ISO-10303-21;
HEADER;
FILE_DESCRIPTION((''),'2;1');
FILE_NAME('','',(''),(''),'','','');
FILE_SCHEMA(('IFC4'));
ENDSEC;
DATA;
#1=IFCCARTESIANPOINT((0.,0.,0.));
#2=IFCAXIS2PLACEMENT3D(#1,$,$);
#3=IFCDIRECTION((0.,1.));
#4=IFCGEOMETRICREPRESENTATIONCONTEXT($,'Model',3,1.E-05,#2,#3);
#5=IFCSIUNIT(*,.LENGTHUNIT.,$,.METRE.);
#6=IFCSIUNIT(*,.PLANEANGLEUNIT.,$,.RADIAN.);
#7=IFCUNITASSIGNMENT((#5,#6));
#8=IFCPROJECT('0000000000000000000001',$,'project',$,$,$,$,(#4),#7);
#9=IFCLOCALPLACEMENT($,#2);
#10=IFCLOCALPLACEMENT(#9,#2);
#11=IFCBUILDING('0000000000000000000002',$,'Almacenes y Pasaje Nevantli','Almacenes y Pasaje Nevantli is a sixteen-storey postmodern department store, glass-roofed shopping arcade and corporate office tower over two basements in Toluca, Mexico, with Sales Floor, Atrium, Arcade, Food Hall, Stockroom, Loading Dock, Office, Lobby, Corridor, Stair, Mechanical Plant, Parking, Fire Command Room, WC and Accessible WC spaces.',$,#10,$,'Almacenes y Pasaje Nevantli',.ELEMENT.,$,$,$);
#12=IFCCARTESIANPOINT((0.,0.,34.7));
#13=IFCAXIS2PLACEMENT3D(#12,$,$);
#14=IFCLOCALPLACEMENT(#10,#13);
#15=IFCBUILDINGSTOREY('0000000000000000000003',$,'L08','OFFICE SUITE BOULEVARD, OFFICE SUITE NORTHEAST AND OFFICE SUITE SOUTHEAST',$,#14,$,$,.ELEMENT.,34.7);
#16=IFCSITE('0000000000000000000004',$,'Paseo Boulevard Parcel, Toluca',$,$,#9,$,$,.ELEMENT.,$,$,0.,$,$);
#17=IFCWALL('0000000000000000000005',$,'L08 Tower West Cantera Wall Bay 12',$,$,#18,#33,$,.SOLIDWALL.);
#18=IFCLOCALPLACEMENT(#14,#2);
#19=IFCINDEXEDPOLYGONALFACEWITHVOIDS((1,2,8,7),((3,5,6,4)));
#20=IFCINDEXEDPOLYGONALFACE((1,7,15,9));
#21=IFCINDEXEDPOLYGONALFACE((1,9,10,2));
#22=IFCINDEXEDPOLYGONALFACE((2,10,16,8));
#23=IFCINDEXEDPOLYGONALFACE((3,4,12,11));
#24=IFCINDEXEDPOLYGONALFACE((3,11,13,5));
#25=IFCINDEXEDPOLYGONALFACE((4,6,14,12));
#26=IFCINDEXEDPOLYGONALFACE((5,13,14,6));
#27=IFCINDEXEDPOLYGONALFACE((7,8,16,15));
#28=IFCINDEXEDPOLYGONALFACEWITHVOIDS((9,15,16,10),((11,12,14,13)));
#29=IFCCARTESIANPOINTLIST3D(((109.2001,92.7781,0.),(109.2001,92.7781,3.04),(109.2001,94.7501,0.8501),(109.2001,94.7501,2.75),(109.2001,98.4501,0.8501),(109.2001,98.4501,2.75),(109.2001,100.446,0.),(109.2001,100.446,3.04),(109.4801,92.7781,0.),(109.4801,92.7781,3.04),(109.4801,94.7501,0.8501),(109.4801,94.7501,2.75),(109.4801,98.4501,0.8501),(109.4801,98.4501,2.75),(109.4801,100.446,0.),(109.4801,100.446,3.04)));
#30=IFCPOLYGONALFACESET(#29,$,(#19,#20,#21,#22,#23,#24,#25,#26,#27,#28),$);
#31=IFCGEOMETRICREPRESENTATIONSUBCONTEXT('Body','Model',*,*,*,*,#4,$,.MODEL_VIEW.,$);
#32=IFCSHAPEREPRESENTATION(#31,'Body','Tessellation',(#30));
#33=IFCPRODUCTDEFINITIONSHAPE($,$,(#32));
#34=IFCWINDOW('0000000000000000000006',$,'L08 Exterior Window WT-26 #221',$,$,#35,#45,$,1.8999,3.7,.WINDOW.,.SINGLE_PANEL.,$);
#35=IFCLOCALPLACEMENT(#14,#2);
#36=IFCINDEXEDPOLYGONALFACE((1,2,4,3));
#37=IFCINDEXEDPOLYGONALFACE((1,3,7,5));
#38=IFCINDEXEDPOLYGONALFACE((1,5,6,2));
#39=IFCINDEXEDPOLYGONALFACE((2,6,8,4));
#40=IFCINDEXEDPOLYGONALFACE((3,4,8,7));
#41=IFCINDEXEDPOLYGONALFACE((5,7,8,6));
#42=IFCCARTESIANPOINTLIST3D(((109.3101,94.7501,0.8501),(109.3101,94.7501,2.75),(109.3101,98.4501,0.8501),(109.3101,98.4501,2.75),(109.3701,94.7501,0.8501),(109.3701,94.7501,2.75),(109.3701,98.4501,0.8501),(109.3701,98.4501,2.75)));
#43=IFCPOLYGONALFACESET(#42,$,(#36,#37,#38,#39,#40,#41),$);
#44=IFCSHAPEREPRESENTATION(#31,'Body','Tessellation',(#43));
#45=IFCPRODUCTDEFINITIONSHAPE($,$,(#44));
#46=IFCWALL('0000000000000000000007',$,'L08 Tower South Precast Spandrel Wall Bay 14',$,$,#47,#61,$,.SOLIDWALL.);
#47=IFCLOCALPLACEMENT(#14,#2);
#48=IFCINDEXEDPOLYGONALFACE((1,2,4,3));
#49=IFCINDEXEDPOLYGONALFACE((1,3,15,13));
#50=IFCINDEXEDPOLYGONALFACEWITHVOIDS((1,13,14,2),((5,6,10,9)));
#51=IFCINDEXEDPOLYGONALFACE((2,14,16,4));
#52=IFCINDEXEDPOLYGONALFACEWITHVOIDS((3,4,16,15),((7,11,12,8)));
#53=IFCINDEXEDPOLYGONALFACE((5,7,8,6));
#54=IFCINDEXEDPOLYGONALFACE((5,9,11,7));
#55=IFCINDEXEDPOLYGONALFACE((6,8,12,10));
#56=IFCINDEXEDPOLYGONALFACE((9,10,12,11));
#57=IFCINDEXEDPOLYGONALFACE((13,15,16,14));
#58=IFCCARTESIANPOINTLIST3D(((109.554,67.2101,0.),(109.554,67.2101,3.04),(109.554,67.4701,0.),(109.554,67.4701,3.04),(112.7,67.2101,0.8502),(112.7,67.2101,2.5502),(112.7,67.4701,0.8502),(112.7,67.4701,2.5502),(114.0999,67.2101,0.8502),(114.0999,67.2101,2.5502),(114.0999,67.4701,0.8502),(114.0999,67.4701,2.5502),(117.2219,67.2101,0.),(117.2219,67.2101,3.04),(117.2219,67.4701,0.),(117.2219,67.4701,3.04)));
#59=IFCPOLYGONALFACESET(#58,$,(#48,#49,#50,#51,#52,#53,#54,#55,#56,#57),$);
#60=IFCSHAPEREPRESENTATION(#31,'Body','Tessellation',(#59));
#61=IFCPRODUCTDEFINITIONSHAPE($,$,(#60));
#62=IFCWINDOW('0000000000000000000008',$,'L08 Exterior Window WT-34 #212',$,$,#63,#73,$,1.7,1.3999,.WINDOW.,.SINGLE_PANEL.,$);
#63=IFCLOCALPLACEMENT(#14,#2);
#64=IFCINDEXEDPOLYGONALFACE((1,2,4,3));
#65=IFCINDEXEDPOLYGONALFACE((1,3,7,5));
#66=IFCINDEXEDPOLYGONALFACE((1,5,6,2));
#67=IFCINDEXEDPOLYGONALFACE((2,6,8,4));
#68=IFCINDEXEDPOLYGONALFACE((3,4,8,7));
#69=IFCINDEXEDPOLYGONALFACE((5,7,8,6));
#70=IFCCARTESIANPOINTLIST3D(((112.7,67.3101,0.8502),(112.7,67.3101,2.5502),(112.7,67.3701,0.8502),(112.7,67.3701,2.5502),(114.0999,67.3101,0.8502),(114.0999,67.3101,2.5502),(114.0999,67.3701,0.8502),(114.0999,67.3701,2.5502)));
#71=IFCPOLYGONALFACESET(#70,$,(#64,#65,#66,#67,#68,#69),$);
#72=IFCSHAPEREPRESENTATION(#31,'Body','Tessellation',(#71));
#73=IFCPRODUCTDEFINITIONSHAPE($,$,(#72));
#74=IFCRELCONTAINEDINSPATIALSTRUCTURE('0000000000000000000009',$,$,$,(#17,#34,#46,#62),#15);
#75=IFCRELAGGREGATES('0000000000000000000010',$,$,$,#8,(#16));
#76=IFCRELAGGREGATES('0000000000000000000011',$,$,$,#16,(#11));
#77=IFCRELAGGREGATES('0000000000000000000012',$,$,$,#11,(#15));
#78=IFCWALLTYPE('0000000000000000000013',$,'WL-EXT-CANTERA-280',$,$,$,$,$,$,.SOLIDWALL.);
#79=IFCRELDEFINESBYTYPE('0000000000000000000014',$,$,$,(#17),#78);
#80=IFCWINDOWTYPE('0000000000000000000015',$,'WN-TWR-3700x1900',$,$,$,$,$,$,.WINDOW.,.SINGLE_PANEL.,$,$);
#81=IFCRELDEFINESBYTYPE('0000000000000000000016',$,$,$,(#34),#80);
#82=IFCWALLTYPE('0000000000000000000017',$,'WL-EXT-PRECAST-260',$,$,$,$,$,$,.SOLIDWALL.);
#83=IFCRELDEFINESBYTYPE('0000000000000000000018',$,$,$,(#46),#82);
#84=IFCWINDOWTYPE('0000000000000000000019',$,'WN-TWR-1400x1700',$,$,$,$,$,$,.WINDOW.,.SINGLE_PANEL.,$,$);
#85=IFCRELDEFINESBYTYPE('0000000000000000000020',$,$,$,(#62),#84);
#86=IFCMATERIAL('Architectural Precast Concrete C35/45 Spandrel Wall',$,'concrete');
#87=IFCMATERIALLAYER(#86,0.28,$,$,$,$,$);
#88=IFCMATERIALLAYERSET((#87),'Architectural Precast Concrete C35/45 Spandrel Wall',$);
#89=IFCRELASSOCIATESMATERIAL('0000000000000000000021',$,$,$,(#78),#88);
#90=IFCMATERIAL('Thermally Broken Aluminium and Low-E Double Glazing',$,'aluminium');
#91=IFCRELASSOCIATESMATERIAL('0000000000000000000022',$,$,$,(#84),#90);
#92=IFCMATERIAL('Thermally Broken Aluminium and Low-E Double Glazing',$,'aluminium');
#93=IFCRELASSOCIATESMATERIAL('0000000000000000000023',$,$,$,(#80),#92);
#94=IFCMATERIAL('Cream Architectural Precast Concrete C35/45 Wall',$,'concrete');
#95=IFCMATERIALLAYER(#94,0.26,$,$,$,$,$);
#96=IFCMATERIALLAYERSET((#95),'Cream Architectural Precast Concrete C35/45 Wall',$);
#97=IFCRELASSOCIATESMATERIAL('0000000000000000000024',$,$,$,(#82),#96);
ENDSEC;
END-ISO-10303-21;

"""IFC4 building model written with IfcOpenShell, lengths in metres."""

from ifc_helpers import new_model, si_unit, direction, frame, frame_2d, origin, place, context, subcontext, project, spatial, rectangle, extrude, material, layer, layer_set, type_object, element, fill, save


model = new_model("IFC4")

# Units and contexts
model_context = context("Model", 3, precision=1e-05, world=origin(), true_north=direction((0.0, 1.0)))
body_context = subcontext(model_context, "Body", "Model", "MODEL_VIEW")
ifc_project = project(units=[si_unit("LENGTHUNIT", "METRE"), si_unit("PLANEANGLEUNIT", "RADIAN")], contexts=[model_context])

# Site, building, storey
site_placement = place(None, origin())
site = spatial("IfcSite", under=ifc_project, at=site_placement, Name="Paseo Boulevard Parcel, Toluca", CompositionType="ELEMENT", RefElevation=0.0)
building_placement = place(site_placement, origin())
building = spatial("IfcBuilding", under=site, at=building_placement, Name="Almacenes y Pasaje Nevantli", Description="Almacenes y Pasaje Nevantli is a sixteen-storey postmodern department store, glass-roofed shopping arcade and corporate office tower over two basements in Toluca, Mexico, with Sales Floor, Atrium, Arcade, Food Hall, Stockroom, Loading Dock, Office, Lobby, Corridor, Stair, Mechanical Plant, Parking, Fire Command Room, WC and Accessible WC spaces.", LongName="Almacenes y Pasaje Nevantli", CompositionType="ELEMENT")
storey_placement = place(building_placement, frame((0.0, 0.0, 34.7)))
storey = spatial("IfcBuildingStorey", under=building, at=storey_placement, Name="L08", Description="OFFICE SUITE BOULEVARD, OFFICE SUITE NORTHEAST AND OFFICE SUITE SOUTHEAST", CompositionType="ELEMENT", Elevation=34.7)

# Walls, openings, windows
ifc_material_1 = material(Name="Architectural Precast Concrete C35/45 Spandrel Wall", Category="concrete")
ifc_layer_1 = layer(ifc_material_1, 0.28)
ifc_layer_set_1 = layer_set([ifc_layer_1], Name="Architectural Precast Concrete C35/45 Spandrel Wall")
wall_type_1 = type_object("IfcWallType", Name="WL-EXT-CANTERA-280", PredefinedType="SOLIDWALL", material=ifc_layer_set_1)
ifc_material_2 = material(Name="Thermally Broken Aluminium and Low-E Double Glazing", Category="aluminium")
window_type_1 = type_object("IfcWindowType", Name="WN-TWR-1400x1700", PartitioningType="SINGLE_PANEL", PredefinedType="WINDOW", material=ifc_material_2)
wall_1_placement = place(storey_placement, frame((109.3401, 92.7781, 0.0), z_axis=(0.0, 0.0, 1.0), x_axis=(0.0, 1.0, 0.0)))
wall_1 = element("IfcWall", 1, at=wall_1_placement, inside=storey, type_object=wall_type_1, Name="L08 Tower West Cantera Wall Bay 12", PredefinedType="SOLIDWALL", context=body_context, shape_type="SweptSolid", body=[
    extrude(rectangle(XDim=7.668, YDim=0.28, at=frame_2d((3.834, 0.0))), origin(), (0.0, 0.0, 1.0), 3.04),
])
opening_1_placement = place(wall_1_placement, frame((1.9719, 0.0, 0.8501)))
opening_1 = element("IfcOpeningElement", 2, at=opening_1_placement, cuts=wall_1, PredefinedType="OPENING", context=body_context, shape_type="SweptSolid", body=[
    extrude(rectangle(XDim=3.7, YDim=1.8999, at=frame_2d((1.8501, 0.95))), frame((0.0, 0.1499, 0.0), z_axis=(0.0, -1.0, 0.0), x_axis=(1.0, 0.0, 0.0)), (0.0, 0.0, 1.0), 0.3),
])
ifc_material_3 = material(Name="Thermally Broken Aluminium and Low-E Double Glazing", Category="aluminium")
window_type_2 = type_object("IfcWindowType", Name="WN-TWR-3700x1900", PartitioningType="SINGLE_PANEL", PredefinedType="WINDOW", material=ifc_material_3)
window_1_placement = place(opening_1_placement, origin())
window_1 = element("IfcWindow", 3, at=window_1_placement, inside=storey, type_object=window_type_2, Name="L08 Exterior Window WT-26 #221", OverallHeight=1.8999, OverallWidth=3.7, PartitioningType="SINGLE_PANEL", PredefinedType="WINDOW", context=body_context, shape_type="SweptSolid", body=[
    extrude(rectangle(XDim=3.7, YDim=1.8999, at=frame_2d((1.8501, 0.95))), frame((0.0, 0.03, 0.0), z_axis=(0.0, -1.0, 0.0), x_axis=(1.0, 0.0, 0.0)), (0.0, 0.0, 1.0), 0.0601),
])
fill(opening_1, window_1)
ifc_material_4 = material(Name="Cream Architectural Precast Concrete C35/45 Wall", Category="concrete")
ifc_layer_2 = layer(ifc_material_4, 0.26)
ifc_layer_set_2 = layer_set([ifc_layer_2], Name="Cream Architectural Precast Concrete C35/45 Wall")
wall_type_2 = type_object("IfcWallType", Name="WL-EXT-PRECAST-260", PredefinedType="SOLIDWALL", material=ifc_layer_set_2)
wall_2_placement = place(storey_placement, frame((109.554, 67.3401, 0.0), z_axis=(0.0, 0.0, 1.0), x_axis=(1.0, 0.0, 0.0)))
wall_2 = element("IfcWall", 4, at=wall_2_placement, inside=storey, type_object=wall_type_2, Name="L08 Tower South Precast Spandrel Wall Bay 14", PredefinedType="SOLIDWALL", context=body_context, shape_type="SweptSolid", body=[
    extrude(rectangle(XDim=7.668, YDim=0.26, at=frame_2d((3.834, 0.0))), origin(), (0.0, 0.0, 1.0), 3.04),
])
opening_2_placement = place(wall_2_placement, frame((3.146, 0.0, 0.8501)))
opening_2 = element("IfcOpeningElement", 5, at=opening_2_placement, cuts=wall_2, PredefinedType="OPENING", context=body_context, shape_type="SweptSolid", body=[
    extrude(rectangle(XDim=1.3999, YDim=1.7, at=frame_2d((0.7, 0.8501))), frame((0.0, 0.1399, 0.0), z_axis=(0.0, -1.0, 0.0), x_axis=(1.0, 0.0, 0.0)), (0.0, 0.0, 1.0), 0.28),
])
window_2_placement = place(opening_2_placement, origin())
window_2 = element("IfcWindow", 6, at=window_2_placement, inside=storey, type_object=window_type_1, Name="L08 Exterior Window WT-34 #212", OverallHeight=1.7, OverallWidth=1.3999, PartitioningType="SINGLE_PANEL", PredefinedType="WINDOW", context=body_context, shape_type="SweptSolid", body=[
    extrude(rectangle(XDim=1.3999, YDim=1.7, at=frame_2d((0.7, 0.8501))), frame((0.0, 0.03, 0.0), z_axis=(0.0, -1.0, 0.0), x_axis=(1.0, 0.0, 0.0)), (0.0, 0.0, 1.0), 0.0601),
])
fill(opening_2, window_2)

save(model, "model.ifc")
